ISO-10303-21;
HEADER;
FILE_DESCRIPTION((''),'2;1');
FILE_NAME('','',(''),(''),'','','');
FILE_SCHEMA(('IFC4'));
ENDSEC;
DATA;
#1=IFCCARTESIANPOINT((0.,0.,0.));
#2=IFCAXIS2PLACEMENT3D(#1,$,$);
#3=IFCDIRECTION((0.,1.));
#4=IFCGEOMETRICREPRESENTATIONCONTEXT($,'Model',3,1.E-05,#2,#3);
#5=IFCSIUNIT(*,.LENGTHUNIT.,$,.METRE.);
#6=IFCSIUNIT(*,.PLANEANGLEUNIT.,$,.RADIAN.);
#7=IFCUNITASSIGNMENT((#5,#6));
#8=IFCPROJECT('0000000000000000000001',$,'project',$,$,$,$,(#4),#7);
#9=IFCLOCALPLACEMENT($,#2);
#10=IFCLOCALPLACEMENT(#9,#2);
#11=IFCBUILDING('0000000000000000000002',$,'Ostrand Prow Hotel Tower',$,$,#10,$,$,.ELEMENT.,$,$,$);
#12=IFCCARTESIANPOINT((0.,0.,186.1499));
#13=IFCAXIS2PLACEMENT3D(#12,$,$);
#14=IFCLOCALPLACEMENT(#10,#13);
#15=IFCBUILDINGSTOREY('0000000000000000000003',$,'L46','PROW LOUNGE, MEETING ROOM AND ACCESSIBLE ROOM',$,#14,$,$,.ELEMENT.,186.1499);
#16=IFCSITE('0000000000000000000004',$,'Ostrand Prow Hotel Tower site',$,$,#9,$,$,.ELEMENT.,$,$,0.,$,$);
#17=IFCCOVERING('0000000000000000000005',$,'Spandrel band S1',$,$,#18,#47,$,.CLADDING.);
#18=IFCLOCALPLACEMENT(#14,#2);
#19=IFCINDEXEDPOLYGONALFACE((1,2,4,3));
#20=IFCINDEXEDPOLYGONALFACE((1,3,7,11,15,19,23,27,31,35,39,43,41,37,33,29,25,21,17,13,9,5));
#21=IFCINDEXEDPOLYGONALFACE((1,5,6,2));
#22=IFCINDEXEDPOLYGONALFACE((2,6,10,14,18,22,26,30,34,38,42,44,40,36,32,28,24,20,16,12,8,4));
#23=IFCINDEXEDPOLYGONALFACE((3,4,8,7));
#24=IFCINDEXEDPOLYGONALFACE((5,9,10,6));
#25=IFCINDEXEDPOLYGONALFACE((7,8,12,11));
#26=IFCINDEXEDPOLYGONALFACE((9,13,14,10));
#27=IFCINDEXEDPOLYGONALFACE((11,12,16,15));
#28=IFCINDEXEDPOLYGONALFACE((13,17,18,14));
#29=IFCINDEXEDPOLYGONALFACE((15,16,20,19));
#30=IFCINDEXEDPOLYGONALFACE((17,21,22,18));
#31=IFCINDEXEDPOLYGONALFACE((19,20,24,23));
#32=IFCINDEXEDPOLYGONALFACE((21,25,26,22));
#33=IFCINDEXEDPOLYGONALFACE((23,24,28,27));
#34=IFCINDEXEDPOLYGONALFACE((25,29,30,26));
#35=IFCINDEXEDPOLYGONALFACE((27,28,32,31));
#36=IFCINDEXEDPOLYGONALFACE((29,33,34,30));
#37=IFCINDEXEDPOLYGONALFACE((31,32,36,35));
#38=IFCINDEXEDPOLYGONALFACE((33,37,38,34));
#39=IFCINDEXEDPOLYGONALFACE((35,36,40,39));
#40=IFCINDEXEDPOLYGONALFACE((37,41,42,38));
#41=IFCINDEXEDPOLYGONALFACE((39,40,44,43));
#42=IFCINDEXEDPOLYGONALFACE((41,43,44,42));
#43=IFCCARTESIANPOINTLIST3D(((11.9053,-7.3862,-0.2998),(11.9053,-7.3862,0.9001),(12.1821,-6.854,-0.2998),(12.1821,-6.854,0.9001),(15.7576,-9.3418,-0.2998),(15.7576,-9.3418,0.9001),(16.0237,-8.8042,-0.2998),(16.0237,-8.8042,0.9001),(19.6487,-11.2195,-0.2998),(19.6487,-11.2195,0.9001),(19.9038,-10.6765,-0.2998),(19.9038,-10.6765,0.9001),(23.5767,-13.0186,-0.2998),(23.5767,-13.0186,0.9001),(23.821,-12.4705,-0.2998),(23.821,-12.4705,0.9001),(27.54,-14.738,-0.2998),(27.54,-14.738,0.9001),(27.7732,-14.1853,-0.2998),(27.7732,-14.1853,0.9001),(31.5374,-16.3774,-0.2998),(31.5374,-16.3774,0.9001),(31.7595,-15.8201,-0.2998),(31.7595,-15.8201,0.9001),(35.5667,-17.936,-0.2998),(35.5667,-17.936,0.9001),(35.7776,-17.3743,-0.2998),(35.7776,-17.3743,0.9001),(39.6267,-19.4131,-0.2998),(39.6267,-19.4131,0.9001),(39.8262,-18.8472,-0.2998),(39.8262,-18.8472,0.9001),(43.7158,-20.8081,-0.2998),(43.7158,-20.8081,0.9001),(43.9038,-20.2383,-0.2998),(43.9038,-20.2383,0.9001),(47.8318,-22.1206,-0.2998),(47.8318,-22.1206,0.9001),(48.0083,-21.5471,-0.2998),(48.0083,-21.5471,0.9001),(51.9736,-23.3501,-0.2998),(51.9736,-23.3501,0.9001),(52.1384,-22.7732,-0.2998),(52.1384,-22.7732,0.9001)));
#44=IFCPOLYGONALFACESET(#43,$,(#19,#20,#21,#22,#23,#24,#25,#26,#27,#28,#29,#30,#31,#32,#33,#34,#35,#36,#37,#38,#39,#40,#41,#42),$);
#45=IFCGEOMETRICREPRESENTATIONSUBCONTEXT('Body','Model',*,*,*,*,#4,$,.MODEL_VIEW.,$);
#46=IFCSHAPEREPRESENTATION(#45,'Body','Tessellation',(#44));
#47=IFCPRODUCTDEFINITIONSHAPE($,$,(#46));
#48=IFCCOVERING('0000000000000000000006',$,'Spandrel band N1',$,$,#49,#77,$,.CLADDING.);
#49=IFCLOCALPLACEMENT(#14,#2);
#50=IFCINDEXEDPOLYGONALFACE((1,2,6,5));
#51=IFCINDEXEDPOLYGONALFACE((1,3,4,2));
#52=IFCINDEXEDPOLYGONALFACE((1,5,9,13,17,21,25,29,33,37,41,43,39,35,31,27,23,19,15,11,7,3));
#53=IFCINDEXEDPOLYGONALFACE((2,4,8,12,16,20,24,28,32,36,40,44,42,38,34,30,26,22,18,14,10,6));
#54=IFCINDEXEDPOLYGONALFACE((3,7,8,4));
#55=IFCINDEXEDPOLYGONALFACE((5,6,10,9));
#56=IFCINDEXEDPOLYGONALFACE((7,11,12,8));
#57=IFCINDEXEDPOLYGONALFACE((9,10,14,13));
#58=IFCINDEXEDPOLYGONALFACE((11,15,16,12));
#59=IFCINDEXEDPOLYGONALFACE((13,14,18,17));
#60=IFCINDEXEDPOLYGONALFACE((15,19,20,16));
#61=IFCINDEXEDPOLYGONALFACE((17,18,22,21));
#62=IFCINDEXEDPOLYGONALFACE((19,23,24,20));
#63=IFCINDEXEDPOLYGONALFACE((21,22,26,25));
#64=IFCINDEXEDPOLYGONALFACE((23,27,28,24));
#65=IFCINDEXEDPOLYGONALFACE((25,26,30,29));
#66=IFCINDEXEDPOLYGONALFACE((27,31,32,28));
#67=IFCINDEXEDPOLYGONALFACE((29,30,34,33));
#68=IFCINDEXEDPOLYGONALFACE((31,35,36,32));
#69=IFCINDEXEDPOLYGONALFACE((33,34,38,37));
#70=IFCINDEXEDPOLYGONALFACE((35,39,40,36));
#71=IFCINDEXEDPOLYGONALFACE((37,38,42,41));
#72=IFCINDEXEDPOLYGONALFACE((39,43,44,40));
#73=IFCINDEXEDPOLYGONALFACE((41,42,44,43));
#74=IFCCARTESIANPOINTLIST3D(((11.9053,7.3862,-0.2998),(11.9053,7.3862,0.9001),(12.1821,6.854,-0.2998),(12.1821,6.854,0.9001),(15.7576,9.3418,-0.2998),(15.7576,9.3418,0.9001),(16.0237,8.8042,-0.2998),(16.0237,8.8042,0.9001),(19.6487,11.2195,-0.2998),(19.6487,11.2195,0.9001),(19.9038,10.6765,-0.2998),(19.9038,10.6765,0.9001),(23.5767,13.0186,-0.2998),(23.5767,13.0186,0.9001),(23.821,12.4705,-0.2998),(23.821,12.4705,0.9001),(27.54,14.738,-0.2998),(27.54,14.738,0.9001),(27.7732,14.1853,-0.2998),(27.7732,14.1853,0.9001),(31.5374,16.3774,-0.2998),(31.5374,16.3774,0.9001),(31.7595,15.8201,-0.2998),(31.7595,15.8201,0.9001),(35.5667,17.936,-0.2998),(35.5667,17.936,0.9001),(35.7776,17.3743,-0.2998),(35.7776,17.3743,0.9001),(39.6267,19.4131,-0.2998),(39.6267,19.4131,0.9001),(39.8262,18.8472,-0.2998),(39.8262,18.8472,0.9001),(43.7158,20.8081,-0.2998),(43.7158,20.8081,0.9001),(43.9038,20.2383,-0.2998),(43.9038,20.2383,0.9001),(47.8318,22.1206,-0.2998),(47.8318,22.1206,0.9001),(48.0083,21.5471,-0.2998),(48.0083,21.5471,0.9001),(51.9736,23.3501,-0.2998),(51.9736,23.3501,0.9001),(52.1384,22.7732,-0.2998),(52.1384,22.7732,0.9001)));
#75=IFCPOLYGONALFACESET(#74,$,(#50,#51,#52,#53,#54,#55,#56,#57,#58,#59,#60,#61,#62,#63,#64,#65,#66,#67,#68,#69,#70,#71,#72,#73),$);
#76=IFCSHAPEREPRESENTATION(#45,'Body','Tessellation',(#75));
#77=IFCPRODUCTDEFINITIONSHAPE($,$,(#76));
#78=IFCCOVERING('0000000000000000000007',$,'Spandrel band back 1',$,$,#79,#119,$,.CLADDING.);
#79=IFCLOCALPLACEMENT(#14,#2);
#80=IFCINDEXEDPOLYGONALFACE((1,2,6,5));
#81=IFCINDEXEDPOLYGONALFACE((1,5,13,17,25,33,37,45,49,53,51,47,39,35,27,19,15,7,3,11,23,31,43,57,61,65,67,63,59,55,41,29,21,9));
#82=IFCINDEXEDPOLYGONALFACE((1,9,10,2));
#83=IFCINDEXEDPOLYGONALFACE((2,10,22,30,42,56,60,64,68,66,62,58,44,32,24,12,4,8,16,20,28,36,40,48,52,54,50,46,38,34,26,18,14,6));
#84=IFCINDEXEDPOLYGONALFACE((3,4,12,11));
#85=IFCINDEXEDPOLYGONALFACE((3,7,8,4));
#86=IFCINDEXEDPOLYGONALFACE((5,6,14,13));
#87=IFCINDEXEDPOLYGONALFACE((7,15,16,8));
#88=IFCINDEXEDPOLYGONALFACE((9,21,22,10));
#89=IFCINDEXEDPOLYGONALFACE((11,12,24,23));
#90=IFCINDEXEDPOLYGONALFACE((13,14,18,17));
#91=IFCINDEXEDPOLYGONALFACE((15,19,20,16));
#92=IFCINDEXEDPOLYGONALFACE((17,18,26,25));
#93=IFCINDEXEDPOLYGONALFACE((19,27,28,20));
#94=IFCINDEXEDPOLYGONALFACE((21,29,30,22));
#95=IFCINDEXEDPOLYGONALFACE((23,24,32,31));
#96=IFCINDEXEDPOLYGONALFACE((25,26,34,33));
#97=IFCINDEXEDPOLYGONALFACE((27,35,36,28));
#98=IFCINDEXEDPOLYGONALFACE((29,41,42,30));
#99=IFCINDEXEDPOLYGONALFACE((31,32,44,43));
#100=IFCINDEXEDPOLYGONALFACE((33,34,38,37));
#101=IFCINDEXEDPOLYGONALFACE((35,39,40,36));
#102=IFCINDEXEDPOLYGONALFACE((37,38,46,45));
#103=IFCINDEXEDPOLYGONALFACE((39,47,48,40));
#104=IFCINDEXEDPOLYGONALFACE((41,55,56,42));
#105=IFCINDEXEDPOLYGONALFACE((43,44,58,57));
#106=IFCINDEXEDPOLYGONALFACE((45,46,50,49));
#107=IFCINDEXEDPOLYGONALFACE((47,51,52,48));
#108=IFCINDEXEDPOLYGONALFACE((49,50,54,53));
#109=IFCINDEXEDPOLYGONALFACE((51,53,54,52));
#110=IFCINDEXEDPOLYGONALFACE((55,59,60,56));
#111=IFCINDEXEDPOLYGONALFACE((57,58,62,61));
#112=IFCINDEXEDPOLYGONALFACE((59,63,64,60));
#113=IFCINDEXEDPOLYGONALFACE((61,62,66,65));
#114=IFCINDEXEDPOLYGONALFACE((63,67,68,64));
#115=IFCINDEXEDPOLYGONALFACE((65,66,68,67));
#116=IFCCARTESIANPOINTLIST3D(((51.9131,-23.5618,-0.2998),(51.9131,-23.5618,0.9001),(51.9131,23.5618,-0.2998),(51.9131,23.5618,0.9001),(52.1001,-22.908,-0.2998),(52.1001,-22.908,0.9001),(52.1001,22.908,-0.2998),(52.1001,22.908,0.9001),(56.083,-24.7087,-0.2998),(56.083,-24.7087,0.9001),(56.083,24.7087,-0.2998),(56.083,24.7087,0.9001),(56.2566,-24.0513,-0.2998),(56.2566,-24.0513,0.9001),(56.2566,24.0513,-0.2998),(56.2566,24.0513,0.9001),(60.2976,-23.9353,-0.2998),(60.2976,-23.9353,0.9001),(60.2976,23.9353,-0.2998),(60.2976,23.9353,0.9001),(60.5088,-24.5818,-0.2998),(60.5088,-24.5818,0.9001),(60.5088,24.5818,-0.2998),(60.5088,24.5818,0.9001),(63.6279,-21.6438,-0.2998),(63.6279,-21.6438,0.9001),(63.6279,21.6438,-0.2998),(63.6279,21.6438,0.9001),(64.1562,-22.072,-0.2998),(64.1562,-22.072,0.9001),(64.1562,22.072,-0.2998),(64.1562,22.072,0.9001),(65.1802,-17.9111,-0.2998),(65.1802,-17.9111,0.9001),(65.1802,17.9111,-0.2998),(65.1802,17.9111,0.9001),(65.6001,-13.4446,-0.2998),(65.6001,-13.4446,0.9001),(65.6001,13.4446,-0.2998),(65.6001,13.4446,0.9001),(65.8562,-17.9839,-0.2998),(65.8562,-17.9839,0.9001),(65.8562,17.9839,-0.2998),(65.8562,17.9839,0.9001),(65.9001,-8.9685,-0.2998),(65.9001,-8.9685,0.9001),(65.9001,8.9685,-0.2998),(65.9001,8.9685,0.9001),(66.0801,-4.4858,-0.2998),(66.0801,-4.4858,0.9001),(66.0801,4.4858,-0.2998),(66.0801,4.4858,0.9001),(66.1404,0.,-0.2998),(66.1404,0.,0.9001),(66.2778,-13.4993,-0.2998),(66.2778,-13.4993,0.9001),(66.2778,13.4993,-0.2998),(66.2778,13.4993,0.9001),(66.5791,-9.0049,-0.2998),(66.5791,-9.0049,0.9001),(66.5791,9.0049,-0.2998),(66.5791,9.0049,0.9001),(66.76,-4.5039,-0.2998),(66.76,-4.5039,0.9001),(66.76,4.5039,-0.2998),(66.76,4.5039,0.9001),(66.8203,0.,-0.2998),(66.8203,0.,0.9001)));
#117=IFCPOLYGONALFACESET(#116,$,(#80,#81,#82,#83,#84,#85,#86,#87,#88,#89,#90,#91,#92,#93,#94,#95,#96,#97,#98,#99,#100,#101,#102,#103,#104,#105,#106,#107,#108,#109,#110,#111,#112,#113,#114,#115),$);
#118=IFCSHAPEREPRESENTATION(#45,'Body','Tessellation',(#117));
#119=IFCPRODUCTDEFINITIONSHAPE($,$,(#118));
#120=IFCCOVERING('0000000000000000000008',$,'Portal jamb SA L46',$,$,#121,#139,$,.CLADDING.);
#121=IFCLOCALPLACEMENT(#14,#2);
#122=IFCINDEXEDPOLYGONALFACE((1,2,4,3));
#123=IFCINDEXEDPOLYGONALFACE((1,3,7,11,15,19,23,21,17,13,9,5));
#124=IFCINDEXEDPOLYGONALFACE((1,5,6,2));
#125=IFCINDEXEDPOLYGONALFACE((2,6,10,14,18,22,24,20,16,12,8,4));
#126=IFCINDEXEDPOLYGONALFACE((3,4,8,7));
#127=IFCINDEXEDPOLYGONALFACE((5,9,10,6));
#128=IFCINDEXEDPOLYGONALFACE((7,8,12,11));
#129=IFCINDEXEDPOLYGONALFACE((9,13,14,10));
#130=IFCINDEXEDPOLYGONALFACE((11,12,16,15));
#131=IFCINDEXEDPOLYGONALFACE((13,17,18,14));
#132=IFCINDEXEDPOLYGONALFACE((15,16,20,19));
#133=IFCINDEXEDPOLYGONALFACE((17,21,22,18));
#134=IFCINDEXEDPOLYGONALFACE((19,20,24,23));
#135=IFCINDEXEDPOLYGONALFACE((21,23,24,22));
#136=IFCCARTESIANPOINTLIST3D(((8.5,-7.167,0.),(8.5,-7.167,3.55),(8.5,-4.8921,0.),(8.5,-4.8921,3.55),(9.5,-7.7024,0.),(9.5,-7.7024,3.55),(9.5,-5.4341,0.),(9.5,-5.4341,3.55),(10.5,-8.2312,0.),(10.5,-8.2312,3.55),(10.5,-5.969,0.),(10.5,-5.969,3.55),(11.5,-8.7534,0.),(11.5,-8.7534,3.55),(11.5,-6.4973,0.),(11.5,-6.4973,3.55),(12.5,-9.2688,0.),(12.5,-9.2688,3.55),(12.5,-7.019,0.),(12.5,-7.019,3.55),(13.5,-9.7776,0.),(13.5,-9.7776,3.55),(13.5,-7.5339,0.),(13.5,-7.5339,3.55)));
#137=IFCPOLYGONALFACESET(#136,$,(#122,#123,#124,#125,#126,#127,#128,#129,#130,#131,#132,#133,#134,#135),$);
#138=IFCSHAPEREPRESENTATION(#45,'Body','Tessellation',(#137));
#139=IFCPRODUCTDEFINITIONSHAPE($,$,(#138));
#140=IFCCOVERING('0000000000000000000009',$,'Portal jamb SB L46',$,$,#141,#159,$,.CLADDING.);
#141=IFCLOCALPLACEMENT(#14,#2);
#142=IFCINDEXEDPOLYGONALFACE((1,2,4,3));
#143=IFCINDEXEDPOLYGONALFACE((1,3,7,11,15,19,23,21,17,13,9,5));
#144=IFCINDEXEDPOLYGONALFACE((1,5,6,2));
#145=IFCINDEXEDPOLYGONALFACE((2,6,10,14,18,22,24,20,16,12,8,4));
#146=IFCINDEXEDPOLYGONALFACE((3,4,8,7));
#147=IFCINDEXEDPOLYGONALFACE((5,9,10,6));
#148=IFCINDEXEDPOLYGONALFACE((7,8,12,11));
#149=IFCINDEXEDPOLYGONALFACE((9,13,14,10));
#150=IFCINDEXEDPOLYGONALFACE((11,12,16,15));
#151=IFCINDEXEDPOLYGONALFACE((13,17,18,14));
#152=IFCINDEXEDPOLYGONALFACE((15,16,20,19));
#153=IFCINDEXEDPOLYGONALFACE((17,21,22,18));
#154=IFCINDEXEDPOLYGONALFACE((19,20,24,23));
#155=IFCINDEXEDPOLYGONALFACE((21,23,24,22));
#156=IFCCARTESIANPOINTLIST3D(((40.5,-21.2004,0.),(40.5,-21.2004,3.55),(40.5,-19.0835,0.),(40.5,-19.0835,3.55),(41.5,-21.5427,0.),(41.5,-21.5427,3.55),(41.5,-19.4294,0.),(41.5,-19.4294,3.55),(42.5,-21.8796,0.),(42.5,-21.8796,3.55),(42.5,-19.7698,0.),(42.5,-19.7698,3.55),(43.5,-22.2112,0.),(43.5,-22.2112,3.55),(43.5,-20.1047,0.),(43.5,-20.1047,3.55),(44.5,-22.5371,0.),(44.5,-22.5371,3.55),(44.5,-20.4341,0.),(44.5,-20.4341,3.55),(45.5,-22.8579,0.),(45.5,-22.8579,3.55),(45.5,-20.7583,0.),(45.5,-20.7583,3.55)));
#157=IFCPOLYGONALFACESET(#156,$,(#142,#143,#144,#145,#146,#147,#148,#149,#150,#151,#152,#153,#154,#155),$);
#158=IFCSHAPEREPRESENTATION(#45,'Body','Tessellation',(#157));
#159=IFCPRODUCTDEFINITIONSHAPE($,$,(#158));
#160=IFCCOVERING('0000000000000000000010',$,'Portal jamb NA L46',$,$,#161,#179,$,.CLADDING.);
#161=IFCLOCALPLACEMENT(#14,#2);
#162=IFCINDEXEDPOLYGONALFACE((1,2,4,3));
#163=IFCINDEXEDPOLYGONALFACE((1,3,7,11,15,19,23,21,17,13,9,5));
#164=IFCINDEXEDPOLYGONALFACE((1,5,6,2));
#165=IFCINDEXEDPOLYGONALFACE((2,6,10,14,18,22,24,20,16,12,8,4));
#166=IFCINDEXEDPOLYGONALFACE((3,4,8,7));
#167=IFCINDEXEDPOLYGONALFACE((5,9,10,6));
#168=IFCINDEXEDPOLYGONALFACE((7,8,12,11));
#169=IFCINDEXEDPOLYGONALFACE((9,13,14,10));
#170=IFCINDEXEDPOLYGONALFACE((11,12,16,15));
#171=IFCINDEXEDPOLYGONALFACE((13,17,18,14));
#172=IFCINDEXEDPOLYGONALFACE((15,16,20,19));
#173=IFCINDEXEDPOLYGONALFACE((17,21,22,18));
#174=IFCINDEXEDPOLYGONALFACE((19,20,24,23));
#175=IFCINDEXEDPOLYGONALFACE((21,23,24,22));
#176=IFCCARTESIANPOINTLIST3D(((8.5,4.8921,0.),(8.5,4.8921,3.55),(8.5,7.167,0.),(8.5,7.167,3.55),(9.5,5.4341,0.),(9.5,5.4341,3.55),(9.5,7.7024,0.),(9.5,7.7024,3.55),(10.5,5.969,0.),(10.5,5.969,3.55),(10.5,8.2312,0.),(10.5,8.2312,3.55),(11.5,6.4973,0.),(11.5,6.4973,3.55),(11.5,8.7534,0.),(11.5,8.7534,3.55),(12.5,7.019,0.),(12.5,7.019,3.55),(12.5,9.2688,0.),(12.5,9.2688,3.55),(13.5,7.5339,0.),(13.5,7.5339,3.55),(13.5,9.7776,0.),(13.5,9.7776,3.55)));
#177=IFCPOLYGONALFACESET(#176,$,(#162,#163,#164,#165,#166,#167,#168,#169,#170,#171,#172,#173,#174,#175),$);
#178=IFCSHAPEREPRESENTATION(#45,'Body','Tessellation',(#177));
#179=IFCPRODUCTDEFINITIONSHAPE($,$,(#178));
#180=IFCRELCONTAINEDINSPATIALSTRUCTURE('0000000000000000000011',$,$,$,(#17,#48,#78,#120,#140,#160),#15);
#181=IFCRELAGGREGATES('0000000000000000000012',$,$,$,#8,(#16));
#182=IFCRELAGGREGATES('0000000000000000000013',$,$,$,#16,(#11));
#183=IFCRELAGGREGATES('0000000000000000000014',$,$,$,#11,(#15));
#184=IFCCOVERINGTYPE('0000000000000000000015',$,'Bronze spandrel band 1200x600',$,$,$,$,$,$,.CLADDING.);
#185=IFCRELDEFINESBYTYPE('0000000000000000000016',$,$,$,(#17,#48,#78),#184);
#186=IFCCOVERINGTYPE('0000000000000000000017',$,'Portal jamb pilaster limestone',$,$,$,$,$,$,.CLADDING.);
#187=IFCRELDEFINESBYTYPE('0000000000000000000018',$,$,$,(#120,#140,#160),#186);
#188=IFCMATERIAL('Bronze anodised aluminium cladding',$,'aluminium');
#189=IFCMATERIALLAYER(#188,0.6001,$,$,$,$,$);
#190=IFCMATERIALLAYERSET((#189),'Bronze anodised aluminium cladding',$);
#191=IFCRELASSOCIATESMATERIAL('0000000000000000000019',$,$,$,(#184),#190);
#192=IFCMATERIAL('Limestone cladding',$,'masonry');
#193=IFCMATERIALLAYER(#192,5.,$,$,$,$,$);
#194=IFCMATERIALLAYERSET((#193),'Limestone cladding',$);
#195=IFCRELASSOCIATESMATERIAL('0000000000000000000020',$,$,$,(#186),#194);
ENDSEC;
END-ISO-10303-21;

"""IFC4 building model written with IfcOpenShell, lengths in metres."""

from ifc_helpers import new_model, si_unit, direction, frame, origin, place, context, subcontext, project, spatial, polyline, outline, extrude, material, layer, layer_set, type_object, element, save


model = new_model("IFC4")

# Units and contexts
model_context = context("Model", 3, precision=1e-05, world=origin(), true_north=direction((0.0, 1.0)))
body_context = subcontext(model_context, "Body", "Model", "MODEL_VIEW")
ifc_project = project(units=[si_unit("LENGTHUNIT", "METRE"), si_unit("PLANEANGLEUNIT", "RADIAN")], contexts=[model_context])

# Site, building, storey
site_placement = place(None, origin())
site = spatial("IfcSite", under=ifc_project, at=site_placement, Name="Ostrand Prow Hotel Tower site", CompositionType="ELEMENT", RefElevation=0.0)
building_placement = place(site_placement, origin())
building = spatial("IfcBuilding", under=site, at=building_placement, Name="Ostrand Prow Hotel Tower", CompositionType="ELEMENT")
storey_placement = place(building_placement, frame((0.0, 0.0, 186.1499)))
storey = spatial("IfcBuildingStorey", under=building, at=storey_placement, Name="L46", Description="PROW LOUNGE, MEETING ROOM AND ACCESSIBLE ROOM", CompositionType="ELEMENT", Elevation=186.1499)

# Coverings
ifc_material_1 = material(Name="Bronze anodised aluminium cladding", Category="aluminium")
ifc_layer_1 = layer(ifc_material_1, 0.6001)
ifc_layer_set_1 = layer_set([ifc_layer_1], Name="Bronze anodised aluminium cladding")
covering_type_1 = type_object("IfcCoveringType", Name="Bronze spandrel band 1200x600", PredefinedType="CLADDING", material=ifc_layer_set_1)
covering_1_placement = place(storey_placement, frame((0.0, 0.0, -0.2998)))
element("IfcCovering", 1, at=covering_1_placement, inside=storey, type_object=covering_type_1, Name="Spandrel band S1", PredefinedType="CLADDING", context=body_context, shape_type="SweptSolid", body=[
    extrude(outline(polyline([(11.9053, -7.3862), (15.7576, -9.3418), (19.6487, -11.2195), (23.5767, -13.0186), (27.54, -14.738), (31.5374, -16.3774), (35.5667, -17.936), (39.6267, -19.4131), (43.7158, -20.8081), (47.8318, -22.1206), (51.9736, -23.3501), (52.1384, -22.7732), (48.0083, -21.5471), (43.9038, -20.2383), (39.8262, -18.8472), (35.7776, -17.3743), (31.7595, -15.8201), (27.7732, -14.1853), (23.821, -12.4705), (19.9038, -10.6765), (16.0237, -8.8042), (12.1821, -6.854), (11.9053, -7.3862)])), origin(), (0.0, 0.0, 1.0), 1.2),
])
covering_2_placement = place(storey_placement, frame((0.0, 0.0, -0.2998)))
element("IfcCovering", 2, at=covering_2_placement, inside=storey, type_object=covering_type_1, Name="Spandrel band N1", PredefinedType="CLADDING", context=body_context, shape_type="SweptSolid", body=[
    extrude(outline(polyline([(51.9736, 23.3501), (47.8318, 22.1206), (43.7158, 20.8081), (39.6267, 19.4131), (35.5667, 17.936), (31.5374, 16.3774), (27.54, 14.738), (23.5767, 13.0186), (19.6487, 11.2195), (15.7576, 9.3418), (11.9053, 7.3862), (12.1821, 6.854), (16.0237, 8.8042), (19.9038, 10.6765), (23.821, 12.4705), (27.7732, 14.1853), (31.7595, 15.8201), (35.7776, 17.3743), (39.8262, 18.8472), (43.9038, 20.2383), (48.0083, 21.5471), (52.1384, 22.7732), (51.9736, 23.3501)])), origin(), (0.0, 0.0, 1.0), 1.2),
])
covering_3_placement = place(storey_placement, frame((0.0, 0.0, -0.2998)))
element("IfcCovering", 3, at=covering_3_placement, inside=storey, type_object=covering_type_1, Name="Spandrel band back 1", PredefinedType="CLADDING", context=body_context, shape_type="SweptSolid", body=[
    extrude(outline(polyline([(51.9131, -23.5618), (56.083, -24.7087), (60.5088, -24.5818), (64.1562, -22.072), (65.8562, -17.9839), (66.2778, -13.4993), (66.5791, -9.0049), (66.76, -4.5039), (66.8203, 0.0), (66.76, 4.5039), (66.5791, 9.0049), (66.2778, 13.4993), (65.8562, 17.9839), (64.1562, 22.072), (60.5088, 24.5818), (56.083, 24.7087), (51.9131, 23.5618), (52.1001, 22.908), (56.2566, 24.0513), (60.2976, 23.9353), (63.6279, 21.6438), (65.1802, 17.9111), (65.6001, 13.4446), (65.9001, 8.9685), (66.0801, 4.4858), (66.1404, 0.0), (66.0801, -4.4858), (65.9001, -8.9685), (65.6001, -13.4446), (65.1802, -17.9111), (63.6279, -21.6438), (60.2976, -23.9353), (56.2566, -24.0513), (52.1001, -22.908), (51.9131, -23.5618)])), origin(), (0.0, 0.0, 1.0), 1.2),
])
ifc_material_2 = material(Name="Limestone cladding", Category="masonry")
ifc_layer_2 = layer(ifc_material_2, 5.0)
ifc_layer_set_2 = layer_set([ifc_layer_2], Name="Limestone cladding")
covering_type_2 = type_object("IfcCoveringType", Name="Portal jamb pilaster limestone", PredefinedType="CLADDING", material=ifc_layer_set_2)
covering_4_placement = place(storey_placement, origin())
element("IfcCovering", 4, at=covering_4_placement, inside=storey, type_object=covering_type_2, Name="Portal jamb SA L46", PredefinedType="CLADDING", context=body_context, shape_type="SweptSolid", body=[
    extrude(outline(polyline([(8.5, -4.8921), (8.5, -7.167), (9.5, -7.7024), (10.5, -8.2312), (11.5, -8.7534), (12.5, -9.2688), (13.5, -9.7776), (13.5, -7.5339), (12.5, -7.019), (11.5, -6.4973), (10.5, -5.969), (9.5, -5.4341), (8.5, -4.8921)])), origin(), (0.0, 0.0, 1.0), 3.55),
])
covering_5_placement = place(storey_placement, origin())
element("IfcCovering", 5, at=covering_5_placement, inside=storey, type_object=covering_type_2, Name="Portal jamb SB L46", PredefinedType="CLADDING", context=body_context, shape_type="SweptSolid", body=[
    extrude(outline(polyline([(40.5, -19.0835), (40.5, -21.2004), (41.5, -21.5427), (42.5, -21.8796), (43.5, -22.2112), (44.5, -22.5371), (45.5, -22.8579), (45.5, -20.7583), (44.5, -20.4341), (43.5, -20.1047), (42.5, -19.7698), (41.5, -19.4294), (40.5, -19.0835)])), origin(), (0.0, 0.0, 1.0), 3.55),
])
covering_6_placement = place(storey_placement, origin())
element("IfcCovering", 6, at=covering_6_placement, inside=storey, type_object=covering_type_2, Name="Portal jamb NA L46", PredefinedType="CLADDING", context=body_context, shape_type="SweptSolid", body=[
    extrude(outline(polyline([(8.5, 4.8921), (9.5, 5.4341), (10.5, 5.969), (11.5, 6.4973), (12.5, 7.019), (13.5, 7.5339), (13.5, 9.7776), (12.5, 9.2688), (11.5, 8.7534), (10.5, 8.2312), (9.5, 7.7024), (8.5, 7.167), (8.5, 4.8921)])), origin(), (0.0, 0.0, 1.0), 3.55),
])

save(model, "model.ifc")
